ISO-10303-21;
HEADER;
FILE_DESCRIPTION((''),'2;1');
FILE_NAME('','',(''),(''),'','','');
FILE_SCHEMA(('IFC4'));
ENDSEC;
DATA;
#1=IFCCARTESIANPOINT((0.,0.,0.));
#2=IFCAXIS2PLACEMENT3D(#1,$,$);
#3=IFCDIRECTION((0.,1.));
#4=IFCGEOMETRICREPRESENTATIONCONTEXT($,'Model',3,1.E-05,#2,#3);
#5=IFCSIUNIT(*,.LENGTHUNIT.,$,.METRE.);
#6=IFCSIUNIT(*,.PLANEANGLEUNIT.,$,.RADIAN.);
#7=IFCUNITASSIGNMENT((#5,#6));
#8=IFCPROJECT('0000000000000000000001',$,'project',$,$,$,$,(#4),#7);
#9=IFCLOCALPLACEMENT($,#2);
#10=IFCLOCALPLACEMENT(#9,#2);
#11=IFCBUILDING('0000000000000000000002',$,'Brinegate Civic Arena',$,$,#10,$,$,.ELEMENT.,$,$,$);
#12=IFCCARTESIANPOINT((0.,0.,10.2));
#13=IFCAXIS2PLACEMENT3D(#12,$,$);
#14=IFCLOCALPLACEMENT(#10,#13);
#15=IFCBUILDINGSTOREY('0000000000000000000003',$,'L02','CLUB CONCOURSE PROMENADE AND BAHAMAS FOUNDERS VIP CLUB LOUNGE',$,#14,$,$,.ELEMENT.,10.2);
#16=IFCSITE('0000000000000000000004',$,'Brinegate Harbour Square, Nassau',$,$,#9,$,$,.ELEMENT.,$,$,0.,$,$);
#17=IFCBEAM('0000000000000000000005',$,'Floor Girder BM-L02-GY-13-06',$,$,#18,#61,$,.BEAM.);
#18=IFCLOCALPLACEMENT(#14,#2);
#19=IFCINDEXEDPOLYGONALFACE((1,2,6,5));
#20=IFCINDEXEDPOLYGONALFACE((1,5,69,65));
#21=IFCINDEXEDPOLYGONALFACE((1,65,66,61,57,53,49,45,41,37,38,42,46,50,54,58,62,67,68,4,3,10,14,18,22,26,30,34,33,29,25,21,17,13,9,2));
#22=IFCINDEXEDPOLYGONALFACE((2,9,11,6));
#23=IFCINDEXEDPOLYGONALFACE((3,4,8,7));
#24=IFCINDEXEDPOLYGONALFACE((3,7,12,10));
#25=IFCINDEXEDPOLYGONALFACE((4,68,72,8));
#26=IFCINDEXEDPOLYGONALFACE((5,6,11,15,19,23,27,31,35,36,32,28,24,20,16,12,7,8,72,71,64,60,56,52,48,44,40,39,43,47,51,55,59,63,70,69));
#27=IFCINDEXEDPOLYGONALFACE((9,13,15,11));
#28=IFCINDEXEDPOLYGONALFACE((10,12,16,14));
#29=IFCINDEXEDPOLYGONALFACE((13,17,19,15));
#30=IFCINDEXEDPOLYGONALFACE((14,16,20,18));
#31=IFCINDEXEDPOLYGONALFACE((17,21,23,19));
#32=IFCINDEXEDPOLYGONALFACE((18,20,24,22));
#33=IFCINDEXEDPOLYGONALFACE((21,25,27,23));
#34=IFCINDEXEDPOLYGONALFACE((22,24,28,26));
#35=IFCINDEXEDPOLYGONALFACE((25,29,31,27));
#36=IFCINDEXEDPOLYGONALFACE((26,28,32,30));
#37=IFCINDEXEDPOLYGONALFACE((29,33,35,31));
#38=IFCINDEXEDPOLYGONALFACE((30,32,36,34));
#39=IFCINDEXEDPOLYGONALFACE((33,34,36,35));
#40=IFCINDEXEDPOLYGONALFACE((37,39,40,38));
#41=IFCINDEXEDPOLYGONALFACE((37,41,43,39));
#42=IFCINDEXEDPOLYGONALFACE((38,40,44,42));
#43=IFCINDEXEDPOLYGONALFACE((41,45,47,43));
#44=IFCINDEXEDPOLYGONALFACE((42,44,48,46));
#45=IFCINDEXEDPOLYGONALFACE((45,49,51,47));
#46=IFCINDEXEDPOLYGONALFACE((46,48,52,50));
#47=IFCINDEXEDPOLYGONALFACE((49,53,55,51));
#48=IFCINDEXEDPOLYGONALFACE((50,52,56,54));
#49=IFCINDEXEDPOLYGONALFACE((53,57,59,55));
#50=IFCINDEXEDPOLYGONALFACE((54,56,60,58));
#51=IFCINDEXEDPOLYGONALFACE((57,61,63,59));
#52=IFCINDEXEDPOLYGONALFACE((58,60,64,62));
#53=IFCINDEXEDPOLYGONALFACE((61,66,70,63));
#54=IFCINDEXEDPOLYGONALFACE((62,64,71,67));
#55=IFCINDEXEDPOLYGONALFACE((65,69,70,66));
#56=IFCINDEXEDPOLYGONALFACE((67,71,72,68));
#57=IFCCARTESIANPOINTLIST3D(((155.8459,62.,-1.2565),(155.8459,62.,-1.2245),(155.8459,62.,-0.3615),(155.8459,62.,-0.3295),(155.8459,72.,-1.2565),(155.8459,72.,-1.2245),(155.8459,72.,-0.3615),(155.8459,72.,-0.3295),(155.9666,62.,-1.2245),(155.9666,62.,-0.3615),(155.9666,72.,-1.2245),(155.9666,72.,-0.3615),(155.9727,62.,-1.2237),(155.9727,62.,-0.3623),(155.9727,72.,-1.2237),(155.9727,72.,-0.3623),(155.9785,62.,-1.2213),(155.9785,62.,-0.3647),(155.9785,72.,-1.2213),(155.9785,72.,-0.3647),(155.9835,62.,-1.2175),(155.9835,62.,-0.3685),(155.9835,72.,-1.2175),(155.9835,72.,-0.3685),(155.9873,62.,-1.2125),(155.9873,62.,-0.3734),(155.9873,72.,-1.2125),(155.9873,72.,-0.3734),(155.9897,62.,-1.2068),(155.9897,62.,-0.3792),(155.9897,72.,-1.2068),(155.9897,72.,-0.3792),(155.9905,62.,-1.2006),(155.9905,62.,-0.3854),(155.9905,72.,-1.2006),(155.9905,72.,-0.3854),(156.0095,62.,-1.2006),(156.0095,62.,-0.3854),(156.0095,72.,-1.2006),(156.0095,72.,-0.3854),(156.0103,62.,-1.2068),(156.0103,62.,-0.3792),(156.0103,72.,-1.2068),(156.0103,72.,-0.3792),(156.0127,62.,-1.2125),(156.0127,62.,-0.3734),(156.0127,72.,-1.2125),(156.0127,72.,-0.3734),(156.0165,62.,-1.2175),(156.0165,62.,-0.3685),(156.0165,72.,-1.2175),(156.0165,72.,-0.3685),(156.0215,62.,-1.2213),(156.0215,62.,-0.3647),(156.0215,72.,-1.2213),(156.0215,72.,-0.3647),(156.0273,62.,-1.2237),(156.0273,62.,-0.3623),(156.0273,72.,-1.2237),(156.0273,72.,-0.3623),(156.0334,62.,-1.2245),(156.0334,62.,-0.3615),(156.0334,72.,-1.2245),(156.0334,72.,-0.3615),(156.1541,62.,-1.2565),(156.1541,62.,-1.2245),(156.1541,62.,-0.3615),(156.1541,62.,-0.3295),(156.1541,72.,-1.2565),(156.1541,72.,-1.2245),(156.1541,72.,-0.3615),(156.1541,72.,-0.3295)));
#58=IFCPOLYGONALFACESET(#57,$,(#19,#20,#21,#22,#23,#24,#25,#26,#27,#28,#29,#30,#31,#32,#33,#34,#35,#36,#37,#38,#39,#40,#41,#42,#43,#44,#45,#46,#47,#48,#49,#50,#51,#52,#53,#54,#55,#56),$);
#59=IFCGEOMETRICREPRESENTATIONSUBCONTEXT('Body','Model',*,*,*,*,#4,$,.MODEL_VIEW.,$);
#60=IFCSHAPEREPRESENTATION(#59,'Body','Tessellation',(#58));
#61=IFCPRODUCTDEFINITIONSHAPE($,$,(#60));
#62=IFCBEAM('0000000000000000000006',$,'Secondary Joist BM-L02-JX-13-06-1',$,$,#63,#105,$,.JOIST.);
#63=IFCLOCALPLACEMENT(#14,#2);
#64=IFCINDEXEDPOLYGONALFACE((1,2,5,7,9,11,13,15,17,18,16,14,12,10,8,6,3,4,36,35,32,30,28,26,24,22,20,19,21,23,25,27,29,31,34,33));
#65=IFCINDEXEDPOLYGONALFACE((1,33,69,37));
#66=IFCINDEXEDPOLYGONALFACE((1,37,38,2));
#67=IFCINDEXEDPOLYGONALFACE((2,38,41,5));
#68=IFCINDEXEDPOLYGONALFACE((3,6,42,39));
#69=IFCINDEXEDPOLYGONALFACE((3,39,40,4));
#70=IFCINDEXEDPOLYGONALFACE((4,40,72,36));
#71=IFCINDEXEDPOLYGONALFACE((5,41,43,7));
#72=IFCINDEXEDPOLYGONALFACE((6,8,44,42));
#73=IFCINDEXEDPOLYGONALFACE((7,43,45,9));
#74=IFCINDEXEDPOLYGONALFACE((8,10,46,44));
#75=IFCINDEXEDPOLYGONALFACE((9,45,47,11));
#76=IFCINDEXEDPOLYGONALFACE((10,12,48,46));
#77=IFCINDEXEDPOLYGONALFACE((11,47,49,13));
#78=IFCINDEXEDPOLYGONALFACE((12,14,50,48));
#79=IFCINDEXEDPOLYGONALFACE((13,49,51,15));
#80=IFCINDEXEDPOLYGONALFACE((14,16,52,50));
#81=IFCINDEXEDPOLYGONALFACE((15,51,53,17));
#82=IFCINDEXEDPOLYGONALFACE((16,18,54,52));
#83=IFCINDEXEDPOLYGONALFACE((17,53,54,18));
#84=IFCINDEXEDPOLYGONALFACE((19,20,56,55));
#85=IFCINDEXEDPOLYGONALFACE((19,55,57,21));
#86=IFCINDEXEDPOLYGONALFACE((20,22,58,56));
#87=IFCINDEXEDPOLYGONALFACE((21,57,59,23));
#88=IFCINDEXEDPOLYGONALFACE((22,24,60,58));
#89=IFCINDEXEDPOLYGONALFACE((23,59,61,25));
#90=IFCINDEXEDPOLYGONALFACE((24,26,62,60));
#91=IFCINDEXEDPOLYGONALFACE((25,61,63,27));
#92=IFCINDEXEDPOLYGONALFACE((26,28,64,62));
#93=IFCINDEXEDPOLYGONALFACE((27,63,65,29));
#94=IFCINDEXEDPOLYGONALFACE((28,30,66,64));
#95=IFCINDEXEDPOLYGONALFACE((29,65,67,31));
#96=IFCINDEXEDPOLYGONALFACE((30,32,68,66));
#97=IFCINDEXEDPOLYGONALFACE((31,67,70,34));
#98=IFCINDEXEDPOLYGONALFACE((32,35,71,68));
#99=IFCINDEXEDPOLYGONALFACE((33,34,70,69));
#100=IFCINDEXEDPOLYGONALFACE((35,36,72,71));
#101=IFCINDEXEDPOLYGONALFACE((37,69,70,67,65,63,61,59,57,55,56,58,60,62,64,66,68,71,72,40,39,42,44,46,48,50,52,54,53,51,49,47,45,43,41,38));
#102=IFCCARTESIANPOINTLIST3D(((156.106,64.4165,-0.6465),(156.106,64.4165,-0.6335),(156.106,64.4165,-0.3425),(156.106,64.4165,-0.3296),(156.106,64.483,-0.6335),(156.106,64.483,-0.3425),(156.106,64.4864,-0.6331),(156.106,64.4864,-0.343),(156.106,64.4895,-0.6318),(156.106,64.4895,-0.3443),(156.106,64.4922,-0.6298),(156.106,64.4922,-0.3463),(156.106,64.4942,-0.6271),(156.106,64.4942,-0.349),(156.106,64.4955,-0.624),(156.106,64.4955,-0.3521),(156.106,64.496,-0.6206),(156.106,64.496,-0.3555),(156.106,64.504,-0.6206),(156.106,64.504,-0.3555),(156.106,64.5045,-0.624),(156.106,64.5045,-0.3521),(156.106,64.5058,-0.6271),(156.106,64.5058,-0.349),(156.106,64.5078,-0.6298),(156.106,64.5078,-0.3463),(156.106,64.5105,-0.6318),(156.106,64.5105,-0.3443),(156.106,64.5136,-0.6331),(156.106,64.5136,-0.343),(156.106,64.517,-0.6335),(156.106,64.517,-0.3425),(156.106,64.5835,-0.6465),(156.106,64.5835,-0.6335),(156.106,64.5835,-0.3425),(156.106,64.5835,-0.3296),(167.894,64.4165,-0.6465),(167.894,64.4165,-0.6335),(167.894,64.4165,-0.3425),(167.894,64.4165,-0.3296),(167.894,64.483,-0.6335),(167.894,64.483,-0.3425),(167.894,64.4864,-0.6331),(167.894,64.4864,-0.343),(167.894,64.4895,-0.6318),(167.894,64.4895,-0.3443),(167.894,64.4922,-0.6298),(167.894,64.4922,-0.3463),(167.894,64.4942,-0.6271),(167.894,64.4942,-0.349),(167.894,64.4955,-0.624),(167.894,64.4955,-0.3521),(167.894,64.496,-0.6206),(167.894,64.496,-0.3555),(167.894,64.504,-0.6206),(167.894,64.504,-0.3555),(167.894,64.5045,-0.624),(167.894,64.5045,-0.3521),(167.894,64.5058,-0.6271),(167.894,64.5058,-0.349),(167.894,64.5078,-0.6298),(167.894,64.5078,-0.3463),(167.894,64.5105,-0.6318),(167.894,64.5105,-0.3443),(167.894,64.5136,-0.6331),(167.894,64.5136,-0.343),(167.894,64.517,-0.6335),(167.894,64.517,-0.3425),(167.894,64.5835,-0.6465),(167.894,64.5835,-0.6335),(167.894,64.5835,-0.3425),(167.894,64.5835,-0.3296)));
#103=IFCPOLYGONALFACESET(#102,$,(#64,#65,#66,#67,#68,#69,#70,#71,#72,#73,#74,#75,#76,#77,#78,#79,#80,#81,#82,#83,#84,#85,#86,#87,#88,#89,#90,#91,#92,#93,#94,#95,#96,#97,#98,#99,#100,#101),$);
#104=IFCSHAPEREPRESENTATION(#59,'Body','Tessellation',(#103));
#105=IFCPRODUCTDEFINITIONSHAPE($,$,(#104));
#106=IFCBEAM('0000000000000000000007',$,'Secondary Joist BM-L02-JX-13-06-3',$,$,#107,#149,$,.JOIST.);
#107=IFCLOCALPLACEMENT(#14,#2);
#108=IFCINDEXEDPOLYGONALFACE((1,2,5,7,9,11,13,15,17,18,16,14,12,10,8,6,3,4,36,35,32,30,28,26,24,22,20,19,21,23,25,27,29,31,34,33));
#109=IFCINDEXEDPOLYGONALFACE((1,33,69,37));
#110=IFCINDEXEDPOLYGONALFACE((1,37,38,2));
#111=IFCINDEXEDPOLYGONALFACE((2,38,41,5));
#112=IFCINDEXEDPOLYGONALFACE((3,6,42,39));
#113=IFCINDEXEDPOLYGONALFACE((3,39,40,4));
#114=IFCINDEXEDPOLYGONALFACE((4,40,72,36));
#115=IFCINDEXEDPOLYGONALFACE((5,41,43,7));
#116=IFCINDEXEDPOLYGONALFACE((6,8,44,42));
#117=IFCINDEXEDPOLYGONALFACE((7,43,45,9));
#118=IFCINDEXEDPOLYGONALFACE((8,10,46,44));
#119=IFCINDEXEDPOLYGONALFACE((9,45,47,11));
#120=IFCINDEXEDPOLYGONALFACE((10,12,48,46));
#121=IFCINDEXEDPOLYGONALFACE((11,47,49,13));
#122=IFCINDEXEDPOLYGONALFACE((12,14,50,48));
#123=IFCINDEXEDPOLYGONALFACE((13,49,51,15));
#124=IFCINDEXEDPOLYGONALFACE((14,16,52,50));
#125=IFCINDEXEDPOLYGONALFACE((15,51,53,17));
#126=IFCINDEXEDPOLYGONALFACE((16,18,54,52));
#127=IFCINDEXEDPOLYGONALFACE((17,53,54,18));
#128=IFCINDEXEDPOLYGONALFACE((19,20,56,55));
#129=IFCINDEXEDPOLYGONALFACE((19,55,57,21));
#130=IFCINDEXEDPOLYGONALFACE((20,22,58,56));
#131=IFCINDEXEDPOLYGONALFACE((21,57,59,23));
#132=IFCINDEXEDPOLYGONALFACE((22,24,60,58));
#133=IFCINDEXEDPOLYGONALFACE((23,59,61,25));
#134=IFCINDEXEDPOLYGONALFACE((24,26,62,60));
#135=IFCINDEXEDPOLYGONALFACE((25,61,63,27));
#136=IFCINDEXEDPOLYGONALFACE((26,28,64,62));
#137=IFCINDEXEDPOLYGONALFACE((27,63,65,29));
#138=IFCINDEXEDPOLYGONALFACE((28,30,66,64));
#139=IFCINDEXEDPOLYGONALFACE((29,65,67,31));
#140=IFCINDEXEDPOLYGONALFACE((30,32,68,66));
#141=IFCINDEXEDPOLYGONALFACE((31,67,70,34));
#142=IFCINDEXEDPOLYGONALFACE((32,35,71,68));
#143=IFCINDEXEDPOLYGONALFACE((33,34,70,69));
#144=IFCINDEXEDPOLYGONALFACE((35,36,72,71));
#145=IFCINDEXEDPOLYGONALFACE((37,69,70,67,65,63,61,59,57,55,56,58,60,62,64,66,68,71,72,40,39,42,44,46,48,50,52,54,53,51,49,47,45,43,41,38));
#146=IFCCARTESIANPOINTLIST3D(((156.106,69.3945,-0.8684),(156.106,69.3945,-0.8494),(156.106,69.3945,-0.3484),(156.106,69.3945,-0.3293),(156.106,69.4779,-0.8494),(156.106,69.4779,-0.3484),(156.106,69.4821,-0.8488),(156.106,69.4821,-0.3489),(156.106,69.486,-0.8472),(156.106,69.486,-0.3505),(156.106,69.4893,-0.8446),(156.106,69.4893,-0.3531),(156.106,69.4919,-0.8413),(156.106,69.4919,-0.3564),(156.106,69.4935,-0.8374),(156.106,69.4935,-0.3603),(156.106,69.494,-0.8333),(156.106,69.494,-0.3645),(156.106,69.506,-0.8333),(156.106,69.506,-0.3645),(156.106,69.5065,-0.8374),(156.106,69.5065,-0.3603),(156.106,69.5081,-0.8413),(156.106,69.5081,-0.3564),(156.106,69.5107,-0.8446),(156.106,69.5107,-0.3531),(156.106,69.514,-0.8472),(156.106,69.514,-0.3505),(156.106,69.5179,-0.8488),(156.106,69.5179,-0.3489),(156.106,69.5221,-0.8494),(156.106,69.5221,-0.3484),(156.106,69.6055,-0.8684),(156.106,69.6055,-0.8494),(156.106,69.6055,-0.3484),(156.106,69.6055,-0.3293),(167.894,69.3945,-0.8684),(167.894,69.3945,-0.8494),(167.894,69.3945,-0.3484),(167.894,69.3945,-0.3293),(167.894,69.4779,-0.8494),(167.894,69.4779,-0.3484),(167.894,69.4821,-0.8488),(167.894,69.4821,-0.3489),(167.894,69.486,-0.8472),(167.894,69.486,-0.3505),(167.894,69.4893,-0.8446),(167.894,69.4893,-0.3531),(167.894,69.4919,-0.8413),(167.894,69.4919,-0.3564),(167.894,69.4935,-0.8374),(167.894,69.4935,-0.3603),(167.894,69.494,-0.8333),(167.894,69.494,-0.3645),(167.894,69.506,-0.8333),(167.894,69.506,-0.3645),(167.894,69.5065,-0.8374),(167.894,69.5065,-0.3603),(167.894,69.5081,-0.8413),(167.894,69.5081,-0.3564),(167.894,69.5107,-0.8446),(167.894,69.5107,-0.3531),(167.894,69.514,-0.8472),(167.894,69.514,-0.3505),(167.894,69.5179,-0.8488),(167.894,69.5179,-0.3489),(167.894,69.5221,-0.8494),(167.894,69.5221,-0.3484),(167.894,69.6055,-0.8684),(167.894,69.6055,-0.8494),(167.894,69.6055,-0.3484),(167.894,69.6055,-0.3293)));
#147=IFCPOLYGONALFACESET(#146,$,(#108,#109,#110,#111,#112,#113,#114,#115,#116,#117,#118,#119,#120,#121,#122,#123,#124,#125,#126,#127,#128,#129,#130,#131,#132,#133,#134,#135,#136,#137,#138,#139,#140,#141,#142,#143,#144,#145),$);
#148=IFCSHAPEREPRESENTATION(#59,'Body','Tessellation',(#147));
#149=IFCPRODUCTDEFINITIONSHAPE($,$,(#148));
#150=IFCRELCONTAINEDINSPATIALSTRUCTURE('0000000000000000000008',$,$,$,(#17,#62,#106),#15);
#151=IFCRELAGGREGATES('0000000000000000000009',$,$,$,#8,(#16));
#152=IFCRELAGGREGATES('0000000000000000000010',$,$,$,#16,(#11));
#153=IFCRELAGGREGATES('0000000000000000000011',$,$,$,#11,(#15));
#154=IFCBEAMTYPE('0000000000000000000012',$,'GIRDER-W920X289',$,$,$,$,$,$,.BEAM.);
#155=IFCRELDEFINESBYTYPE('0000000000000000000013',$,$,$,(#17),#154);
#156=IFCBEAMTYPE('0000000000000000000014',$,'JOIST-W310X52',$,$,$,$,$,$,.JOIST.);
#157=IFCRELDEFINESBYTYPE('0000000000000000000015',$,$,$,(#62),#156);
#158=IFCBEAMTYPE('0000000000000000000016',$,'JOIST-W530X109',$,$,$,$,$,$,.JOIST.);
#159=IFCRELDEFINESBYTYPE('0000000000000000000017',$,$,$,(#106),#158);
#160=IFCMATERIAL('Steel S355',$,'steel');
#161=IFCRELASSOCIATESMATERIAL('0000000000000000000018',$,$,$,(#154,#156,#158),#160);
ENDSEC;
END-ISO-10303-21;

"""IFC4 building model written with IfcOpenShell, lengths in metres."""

from ifc_helpers import new_model, si_unit, direction, frame, origin, origin_2d, place, context, subcontext, project, spatial, i_section, extrude, material, material_profile, profile_set, type_object, element, save


model = new_model("IFC4")

# Units and contexts
model_context = context("Model", 3, precision=1e-05, world=origin(), true_north=direction((0.0, 1.0)))
body_context = subcontext(model_context, "Body", "Model", "MODEL_VIEW")
ifc_project = project(units=[si_unit("LENGTHUNIT", "METRE"), si_unit("PLANEANGLEUNIT", "RADIAN")], contexts=[model_context])

# Site, building, storey
site_placement = place(None, origin())
site = spatial("IfcSite", under=ifc_project, at=site_placement, Name="Brinegate Harbour Square, Nassau", CompositionType="ELEMENT", RefElevation=0.0)
building_placement = place(site_placement, origin())
building = spatial("IfcBuilding", under=site, at=building_placement, Name="Brinegate Civic Arena", CompositionType="ELEMENT")
storey_placement = place(building_placement, frame((0.0, 0.0, 10.2)))
storey = spatial("IfcBuildingStorey", under=building, at=storey_placement, Name="L02", Description="CLUB CONCOURSE PROMENADE AND BAHAMAS FOUNDERS VIP CLUB LOUNGE", CompositionType="ELEMENT", Elevation=10.2)

# Beams
ifc_material_1 = material(Name="Steel S355", Category="steel")
ifc_material_profile_1 = material_profile(ifc_material_1, i_section(OverallWidth=0.3081, OverallDepth=0.927, WebThickness=0.019, FlangeThickness=0.032, FilletRadius=0.0239, at=origin_2d()), Name="W920X289")
ifc_profile_set_1 = profile_set([ifc_material_profile_1], Name="Steel S355")
beam_type_1 = type_object("IfcBeamType", Name="GIRDER-W920X289", PredefinedType="BEAM", material=ifc_profile_set_1)
beam_1_placement = place(storey_placement, frame((156.0, 62.0, -0.793), z_axis=(0.0, 1.0, 0.0), x_axis=(-1.0, 0.0, 0.0)))
element("IfcBeam", 1, at=beam_1_placement, inside=storey, type_object=beam_type_1, Name="Floor Girder BM-L02-GY-13-06", PredefinedType="BEAM", context=body_context, shape_type="SweptSolid", body=[
    extrude(i_section(OverallWidth=0.3081, OverallDepth=0.927, WebThickness=0.019, FlangeThickness=0.032, FilletRadius=0.0239, at=origin_2d()), origin(), (0.0, 0.0, 1.0), 10.0),
])
ifc_material_profile_2 = material_profile(ifc_material_1, i_section(OverallWidth=0.167, OverallDepth=0.3169, WebThickness=0.0081, FlangeThickness=0.0129, FilletRadius=0.0129, at=origin_2d()), Name="W310X52")
ifc_profile_set_2 = profile_set([ifc_material_profile_2], Name="Steel S355")
beam_type_2 = type_object("IfcBeamType", Name="JOIST-W310X52", PredefinedType="JOIST", material=ifc_profile_set_2)
beam_2_placement = place(storey_placement, frame((156.106, 64.5, -0.488), z_axis=(1.0, 0.0, 0.0), x_axis=(0.0, 1.0, 0.0)))
element("IfcBeam", 2, at=beam_2_placement, inside=storey, type_object=beam_type_2, Name="Secondary Joist BM-L02-JX-13-06-1", PredefinedType="JOIST", context=body_context, shape_type="SweptSolid", body=[
    extrude(i_section(OverallWidth=0.167, OverallDepth=0.3169, WebThickness=0.0081, FlangeThickness=0.0129, FilletRadius=0.0129, at=origin_2d()), origin(), (0.0, 0.0, 1.0), 11.7881),
])
ifc_material_profile_3 = material_profile(ifc_material_1, i_section(OverallWidth=0.2109, OverallDepth=0.5391, WebThickness=0.012, FlangeThickness=0.019, FilletRadius=0.0161, at=origin_2d()), Name="W530X109")
ifc_profile_set_3 = profile_set([ifc_material_profile_3], Name="Steel S355")
beam_type_3 = type_object("IfcBeamType", Name="JOIST-W530X109", PredefinedType="JOIST", material=ifc_profile_set_3)
beam_3_placement = place(storey_placement, frame((156.106, 69.5, -0.5989), z_axis=(1.0, 0.0, 0.0), x_axis=(0.0, 1.0, 0.0)))
element("IfcBeam", 3, at=beam_3_placement, inside=storey, type_object=beam_type_3, Name="Secondary Joist BM-L02-JX-13-06-3", PredefinedType="JOIST", context=body_context, shape_type="SweptSolid", body=[
    extrude(i_section(OverallWidth=0.2109, OverallDepth=0.5391, WebThickness=0.012, FlangeThickness=0.019, FilletRadius=0.0161, at=origin_2d()), origin(), (0.0, 0.0, 1.0), 11.7881),
])

save(model, "model.ifc")
